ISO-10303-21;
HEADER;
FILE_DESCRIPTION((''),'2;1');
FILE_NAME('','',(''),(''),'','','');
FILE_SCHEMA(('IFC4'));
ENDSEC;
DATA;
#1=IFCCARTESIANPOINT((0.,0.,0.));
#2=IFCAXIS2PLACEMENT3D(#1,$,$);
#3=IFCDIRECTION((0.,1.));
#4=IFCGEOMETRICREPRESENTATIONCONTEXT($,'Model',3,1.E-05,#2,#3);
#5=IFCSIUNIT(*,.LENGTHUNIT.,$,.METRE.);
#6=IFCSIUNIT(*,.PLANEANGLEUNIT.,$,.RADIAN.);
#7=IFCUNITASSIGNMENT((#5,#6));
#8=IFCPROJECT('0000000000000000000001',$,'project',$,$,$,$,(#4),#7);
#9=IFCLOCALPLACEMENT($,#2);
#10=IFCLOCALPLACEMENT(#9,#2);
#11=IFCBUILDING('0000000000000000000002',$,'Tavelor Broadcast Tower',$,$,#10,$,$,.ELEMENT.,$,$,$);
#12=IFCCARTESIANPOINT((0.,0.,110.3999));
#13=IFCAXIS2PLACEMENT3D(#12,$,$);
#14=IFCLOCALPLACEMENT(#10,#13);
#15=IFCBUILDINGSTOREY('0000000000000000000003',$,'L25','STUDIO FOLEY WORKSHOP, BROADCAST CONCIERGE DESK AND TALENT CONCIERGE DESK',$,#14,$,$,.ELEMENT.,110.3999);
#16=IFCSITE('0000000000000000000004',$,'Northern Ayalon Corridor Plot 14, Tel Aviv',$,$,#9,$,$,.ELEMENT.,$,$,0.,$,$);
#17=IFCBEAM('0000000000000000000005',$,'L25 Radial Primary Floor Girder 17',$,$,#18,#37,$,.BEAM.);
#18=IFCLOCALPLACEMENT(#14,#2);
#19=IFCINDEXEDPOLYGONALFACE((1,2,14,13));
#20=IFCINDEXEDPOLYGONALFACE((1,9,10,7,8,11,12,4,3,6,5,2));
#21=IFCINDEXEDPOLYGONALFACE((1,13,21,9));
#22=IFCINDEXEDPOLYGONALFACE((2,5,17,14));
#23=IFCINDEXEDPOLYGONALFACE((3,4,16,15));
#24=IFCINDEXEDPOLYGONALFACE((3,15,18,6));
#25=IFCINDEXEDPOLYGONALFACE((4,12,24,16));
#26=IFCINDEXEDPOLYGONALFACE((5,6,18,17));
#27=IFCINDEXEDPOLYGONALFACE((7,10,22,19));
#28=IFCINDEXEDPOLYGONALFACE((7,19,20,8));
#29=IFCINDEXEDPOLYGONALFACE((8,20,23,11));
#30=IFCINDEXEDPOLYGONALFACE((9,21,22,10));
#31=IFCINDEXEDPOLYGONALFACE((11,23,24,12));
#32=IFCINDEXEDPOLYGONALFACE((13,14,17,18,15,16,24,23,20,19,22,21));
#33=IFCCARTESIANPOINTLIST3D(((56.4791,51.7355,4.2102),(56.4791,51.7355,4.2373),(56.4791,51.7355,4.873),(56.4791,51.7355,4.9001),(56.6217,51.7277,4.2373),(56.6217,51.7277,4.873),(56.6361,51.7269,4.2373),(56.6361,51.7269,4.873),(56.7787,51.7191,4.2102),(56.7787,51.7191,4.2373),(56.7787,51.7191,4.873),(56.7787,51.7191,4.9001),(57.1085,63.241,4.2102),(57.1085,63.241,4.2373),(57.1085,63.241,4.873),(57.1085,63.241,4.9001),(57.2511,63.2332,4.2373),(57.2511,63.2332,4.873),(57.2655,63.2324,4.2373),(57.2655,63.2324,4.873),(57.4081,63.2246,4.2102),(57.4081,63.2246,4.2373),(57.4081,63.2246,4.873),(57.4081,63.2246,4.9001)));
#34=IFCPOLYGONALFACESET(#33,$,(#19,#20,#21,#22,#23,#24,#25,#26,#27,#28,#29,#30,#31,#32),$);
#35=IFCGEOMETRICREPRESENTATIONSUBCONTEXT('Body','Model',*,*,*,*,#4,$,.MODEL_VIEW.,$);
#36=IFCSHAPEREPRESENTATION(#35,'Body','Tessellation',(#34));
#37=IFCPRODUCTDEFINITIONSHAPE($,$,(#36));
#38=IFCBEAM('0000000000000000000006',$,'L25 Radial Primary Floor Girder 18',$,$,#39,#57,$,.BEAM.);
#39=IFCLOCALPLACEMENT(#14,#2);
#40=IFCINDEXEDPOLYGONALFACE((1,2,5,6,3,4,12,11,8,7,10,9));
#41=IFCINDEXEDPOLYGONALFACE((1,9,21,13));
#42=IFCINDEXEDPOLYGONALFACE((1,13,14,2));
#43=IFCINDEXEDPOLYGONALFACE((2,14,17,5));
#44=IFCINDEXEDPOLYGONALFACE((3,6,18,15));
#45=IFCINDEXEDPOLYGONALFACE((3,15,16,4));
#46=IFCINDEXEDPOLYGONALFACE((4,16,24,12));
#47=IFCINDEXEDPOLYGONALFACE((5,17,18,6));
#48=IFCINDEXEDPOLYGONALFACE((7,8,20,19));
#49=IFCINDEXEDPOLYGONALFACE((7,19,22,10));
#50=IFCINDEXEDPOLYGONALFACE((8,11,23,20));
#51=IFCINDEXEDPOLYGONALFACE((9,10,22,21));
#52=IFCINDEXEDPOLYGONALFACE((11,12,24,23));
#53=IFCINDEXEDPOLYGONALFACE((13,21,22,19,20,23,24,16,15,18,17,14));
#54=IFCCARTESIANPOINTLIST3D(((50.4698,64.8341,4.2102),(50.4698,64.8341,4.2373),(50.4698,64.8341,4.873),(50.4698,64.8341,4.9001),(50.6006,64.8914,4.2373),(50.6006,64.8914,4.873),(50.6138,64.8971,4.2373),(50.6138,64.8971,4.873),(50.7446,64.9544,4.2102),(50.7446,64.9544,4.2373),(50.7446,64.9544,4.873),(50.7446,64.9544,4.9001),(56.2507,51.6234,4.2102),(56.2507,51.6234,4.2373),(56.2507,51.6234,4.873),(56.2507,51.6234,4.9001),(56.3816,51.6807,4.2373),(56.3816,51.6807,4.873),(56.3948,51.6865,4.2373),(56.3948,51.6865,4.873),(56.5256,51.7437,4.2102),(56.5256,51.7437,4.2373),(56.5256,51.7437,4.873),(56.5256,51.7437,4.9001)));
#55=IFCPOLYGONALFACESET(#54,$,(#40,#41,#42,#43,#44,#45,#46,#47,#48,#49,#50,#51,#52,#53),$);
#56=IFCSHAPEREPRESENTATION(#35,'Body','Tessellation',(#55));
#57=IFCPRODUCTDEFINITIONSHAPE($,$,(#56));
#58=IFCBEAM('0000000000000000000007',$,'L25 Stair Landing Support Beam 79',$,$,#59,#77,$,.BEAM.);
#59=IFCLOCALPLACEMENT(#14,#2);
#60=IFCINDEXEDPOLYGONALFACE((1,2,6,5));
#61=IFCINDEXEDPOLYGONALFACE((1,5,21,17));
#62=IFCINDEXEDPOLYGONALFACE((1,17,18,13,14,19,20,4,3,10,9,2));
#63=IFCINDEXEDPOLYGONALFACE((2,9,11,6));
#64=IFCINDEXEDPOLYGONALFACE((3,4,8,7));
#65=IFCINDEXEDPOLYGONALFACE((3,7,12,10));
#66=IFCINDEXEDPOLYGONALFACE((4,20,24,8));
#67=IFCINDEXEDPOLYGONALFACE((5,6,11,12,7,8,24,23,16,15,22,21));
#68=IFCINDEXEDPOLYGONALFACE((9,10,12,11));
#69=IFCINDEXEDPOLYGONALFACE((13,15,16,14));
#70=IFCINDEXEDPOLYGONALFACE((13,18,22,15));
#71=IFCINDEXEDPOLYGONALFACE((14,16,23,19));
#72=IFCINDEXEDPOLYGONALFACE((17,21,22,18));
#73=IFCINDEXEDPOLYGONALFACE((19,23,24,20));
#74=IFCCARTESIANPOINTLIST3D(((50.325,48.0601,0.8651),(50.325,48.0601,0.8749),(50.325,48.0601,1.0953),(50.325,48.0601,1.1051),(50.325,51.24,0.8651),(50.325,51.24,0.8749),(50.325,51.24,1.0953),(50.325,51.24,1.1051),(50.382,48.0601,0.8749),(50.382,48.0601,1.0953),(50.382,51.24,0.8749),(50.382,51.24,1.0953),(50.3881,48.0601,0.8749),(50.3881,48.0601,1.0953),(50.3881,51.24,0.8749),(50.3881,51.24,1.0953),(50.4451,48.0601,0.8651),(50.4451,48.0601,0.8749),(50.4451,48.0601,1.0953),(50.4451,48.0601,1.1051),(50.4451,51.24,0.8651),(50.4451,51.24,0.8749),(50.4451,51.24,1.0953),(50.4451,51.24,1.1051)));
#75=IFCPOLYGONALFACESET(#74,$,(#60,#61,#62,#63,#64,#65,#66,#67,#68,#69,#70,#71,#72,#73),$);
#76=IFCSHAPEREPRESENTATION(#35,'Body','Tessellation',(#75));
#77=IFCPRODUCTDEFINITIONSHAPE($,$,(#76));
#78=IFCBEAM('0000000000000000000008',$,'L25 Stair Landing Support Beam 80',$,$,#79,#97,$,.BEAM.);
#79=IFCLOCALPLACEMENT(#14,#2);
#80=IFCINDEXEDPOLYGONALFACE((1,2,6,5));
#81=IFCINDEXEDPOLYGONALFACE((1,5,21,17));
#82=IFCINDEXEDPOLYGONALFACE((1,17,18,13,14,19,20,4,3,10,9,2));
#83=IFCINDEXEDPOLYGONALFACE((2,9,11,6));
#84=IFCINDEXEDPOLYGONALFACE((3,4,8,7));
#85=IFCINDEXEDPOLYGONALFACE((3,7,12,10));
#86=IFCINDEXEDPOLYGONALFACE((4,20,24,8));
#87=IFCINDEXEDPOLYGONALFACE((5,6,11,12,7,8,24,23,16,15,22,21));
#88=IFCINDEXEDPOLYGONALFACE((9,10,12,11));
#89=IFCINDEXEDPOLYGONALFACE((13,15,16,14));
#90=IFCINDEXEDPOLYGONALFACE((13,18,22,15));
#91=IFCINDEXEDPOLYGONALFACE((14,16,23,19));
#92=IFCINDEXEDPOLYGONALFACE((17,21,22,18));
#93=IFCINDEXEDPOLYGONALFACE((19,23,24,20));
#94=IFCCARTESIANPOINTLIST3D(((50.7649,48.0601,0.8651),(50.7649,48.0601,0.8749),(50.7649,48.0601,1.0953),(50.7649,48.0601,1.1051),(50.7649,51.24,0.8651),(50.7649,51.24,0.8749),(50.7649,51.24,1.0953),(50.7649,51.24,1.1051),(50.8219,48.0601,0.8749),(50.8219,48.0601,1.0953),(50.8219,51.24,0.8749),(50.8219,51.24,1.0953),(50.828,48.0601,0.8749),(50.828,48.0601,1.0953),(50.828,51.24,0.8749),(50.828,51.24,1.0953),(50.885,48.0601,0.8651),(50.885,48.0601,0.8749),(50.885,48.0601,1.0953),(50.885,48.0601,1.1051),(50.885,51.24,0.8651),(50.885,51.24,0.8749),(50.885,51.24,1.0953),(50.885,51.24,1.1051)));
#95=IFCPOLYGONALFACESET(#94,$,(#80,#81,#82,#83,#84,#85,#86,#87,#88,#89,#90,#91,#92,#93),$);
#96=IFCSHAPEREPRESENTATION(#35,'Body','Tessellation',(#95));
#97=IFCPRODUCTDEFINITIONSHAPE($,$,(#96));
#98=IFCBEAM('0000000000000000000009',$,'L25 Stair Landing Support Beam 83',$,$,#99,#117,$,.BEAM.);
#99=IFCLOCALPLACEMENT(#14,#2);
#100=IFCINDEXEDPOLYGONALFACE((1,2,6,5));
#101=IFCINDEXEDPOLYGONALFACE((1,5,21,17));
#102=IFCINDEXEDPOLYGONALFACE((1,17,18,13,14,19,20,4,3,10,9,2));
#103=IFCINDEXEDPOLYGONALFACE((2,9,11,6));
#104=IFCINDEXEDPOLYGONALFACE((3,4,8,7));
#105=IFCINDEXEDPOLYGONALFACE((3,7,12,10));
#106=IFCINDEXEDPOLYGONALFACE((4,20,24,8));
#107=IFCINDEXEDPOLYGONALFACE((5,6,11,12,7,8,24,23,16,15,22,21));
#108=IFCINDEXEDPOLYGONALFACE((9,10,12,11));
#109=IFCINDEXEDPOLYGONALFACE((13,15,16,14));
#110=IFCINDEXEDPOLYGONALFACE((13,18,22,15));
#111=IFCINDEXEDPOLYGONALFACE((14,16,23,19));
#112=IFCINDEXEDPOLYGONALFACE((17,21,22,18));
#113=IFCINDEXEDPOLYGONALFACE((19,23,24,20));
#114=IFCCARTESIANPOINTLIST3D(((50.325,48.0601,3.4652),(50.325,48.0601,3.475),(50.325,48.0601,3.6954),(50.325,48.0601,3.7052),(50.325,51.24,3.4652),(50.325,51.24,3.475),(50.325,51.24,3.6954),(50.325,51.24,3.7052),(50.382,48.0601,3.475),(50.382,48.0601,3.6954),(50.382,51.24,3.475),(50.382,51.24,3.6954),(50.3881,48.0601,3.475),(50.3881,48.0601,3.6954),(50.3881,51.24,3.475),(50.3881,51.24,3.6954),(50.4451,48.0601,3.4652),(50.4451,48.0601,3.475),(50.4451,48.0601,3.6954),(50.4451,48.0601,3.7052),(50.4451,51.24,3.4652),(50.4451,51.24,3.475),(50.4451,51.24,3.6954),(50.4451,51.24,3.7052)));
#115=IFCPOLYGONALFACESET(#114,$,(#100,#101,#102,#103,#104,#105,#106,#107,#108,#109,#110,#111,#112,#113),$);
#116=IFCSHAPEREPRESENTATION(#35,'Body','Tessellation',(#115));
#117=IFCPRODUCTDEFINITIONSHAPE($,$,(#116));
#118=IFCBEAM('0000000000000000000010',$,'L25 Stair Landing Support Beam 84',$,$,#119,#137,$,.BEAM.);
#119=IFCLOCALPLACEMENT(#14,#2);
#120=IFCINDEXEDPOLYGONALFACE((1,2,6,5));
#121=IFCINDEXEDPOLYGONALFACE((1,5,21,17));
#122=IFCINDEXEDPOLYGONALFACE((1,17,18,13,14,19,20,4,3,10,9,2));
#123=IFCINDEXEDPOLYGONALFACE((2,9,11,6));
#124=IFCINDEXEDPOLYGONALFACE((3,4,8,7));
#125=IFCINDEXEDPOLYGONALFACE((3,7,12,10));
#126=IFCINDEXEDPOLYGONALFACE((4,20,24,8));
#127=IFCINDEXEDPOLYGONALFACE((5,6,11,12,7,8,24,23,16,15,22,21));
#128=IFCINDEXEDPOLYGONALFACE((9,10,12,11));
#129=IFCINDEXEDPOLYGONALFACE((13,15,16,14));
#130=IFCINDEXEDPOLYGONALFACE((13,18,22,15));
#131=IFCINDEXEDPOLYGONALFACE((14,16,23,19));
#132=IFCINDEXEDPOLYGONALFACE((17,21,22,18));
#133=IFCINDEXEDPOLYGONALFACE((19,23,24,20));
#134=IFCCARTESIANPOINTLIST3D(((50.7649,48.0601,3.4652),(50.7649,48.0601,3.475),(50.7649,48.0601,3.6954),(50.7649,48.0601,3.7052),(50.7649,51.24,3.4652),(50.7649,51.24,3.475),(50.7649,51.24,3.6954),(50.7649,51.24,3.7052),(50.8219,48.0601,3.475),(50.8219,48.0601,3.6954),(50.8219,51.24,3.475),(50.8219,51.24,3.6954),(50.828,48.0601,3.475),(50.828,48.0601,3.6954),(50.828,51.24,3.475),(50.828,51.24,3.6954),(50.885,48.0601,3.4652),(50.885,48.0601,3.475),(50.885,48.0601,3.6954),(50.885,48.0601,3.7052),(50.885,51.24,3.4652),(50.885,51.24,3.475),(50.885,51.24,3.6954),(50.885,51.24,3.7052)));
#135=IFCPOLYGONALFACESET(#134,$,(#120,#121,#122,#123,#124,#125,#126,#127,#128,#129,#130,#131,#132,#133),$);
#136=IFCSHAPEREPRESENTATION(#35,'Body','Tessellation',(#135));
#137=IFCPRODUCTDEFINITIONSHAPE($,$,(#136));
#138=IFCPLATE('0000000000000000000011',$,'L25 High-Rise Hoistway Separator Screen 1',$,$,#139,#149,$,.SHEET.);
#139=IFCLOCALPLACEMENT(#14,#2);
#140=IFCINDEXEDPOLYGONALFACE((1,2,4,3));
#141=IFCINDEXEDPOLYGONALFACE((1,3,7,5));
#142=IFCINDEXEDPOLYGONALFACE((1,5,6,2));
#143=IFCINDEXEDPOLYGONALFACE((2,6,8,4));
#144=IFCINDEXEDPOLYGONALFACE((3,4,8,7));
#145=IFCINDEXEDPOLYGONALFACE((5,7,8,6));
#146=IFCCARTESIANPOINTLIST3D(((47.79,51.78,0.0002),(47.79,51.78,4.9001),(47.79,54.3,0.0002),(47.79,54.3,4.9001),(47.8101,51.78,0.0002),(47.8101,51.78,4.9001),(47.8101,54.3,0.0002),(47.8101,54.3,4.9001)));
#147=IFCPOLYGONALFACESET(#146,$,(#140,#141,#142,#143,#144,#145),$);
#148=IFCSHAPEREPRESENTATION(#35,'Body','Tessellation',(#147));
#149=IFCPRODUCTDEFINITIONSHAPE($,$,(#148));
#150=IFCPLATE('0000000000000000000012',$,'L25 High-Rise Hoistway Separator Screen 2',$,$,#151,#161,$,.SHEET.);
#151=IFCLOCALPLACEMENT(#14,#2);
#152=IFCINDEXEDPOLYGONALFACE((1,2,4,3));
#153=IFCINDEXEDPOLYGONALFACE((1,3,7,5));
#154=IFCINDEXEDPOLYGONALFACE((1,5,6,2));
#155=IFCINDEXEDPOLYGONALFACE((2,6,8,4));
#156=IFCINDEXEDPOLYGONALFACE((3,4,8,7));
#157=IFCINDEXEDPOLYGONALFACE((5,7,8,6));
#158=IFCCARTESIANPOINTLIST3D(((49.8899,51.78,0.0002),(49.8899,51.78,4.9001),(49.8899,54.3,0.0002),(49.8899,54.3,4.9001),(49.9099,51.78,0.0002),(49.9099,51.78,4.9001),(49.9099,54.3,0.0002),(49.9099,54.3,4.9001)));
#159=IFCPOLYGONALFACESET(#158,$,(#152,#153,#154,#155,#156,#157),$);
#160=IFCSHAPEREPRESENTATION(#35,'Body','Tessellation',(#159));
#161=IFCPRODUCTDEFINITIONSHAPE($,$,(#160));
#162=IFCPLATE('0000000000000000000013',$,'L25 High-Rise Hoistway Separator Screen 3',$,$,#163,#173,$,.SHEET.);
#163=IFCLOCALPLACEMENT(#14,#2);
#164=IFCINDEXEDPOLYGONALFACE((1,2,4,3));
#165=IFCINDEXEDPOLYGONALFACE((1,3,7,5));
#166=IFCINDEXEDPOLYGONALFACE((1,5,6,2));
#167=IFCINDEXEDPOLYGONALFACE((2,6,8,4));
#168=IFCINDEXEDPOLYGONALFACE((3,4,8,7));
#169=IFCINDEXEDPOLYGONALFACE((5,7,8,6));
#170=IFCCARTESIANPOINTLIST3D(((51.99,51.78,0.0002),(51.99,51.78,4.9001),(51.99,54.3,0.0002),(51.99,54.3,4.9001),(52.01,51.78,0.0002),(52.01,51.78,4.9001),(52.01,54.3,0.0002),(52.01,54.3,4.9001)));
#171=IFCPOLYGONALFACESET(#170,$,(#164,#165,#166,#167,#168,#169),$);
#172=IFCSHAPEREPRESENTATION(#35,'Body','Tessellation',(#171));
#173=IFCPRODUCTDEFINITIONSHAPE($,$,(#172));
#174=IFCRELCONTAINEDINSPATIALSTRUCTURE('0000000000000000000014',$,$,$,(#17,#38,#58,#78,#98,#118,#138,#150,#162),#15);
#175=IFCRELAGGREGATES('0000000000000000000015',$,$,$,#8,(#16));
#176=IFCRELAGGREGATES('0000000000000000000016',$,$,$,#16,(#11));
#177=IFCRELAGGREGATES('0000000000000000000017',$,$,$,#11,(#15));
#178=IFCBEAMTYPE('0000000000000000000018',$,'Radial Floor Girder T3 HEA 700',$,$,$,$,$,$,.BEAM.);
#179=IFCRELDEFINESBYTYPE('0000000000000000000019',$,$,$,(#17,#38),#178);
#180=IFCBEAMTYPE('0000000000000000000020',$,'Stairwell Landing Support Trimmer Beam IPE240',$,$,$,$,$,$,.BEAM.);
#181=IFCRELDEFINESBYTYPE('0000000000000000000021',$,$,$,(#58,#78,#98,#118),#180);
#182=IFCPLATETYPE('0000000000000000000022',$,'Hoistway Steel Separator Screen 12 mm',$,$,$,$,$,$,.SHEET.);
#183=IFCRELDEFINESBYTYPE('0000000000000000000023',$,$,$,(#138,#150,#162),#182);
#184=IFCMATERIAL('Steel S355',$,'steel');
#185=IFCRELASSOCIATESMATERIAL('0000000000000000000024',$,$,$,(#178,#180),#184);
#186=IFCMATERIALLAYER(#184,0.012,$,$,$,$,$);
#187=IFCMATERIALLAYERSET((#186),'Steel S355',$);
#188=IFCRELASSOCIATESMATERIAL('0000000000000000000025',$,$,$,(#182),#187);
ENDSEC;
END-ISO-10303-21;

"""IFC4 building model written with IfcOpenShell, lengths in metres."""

from ifc_helpers import new_model, si_unit, direction, frame, origin, origin_2d, place, context, subcontext, project, spatial, rectangle, i_section, extrude, source, transform, mapped, material, layer, layer_set, material_profile, profile_set, type_object, type_shapes, element, save


model = new_model("IFC4")

# Units and contexts
model_context = context("Model", 3, precision=1e-05, world=origin(), true_north=direction((0.0, 1.0)))
body_context = subcontext(model_context, "Body", "Model", "MODEL_VIEW")
ifc_project = project(units=[si_unit("LENGTHUNIT", "METRE"), si_unit("PLANEANGLEUNIT", "RADIAN")], contexts=[model_context])

# Site, building, storey
site_placement = place(None, origin())
site = spatial("IfcSite", under=ifc_project, at=site_placement, Name="Northern Ayalon Corridor Plot 14, Tel Aviv", CompositionType="ELEMENT", RefElevation=0.0)
building_placement = place(site_placement, origin())
building = spatial("IfcBuilding", under=site, at=building_placement, Name="Tavelor Broadcast Tower", CompositionType="ELEMENT")
storey_placement = place(building_placement, frame((0.0, 0.0, 110.3999)))
storey = spatial("IfcBuildingStorey", under=building, at=storey_placement, Name="L25", Description="STUDIO FOLEY WORKSHOP, BROADCAST CONCIERGE DESK AND TALENT CONCIERGE DESK", CompositionType="ELEMENT", Elevation=110.3999)

# Beams
ifc_material_1 = material(Name="Steel S355", Category="steel")
ifc_material_profile_1 = material_profile(ifc_material_1, i_section(OverallWidth=0.3, OverallDepth=0.6899, WebThickness=0.0144, FlangeThickness=0.0271, at=origin_2d()), Name="HEA 700")
ifc_profile_set_1 = profile_set([ifc_material_profile_1], Name="Steel S355")
beam_type_1 = type_object("IfcBeamType", Name="Radial Floor Girder T3 HEA 700", PredefinedType="BEAM", material=ifc_profile_set_1)
beam_1_placement = place(storey_placement, frame((56.6289, 51.7273, 4.5552), z_axis=(0.054622, 0.998507, 0.0), x_axis=(-0.998507, 0.054622, 0.0)))
element("IfcBeam", 1, at=beam_1_placement, inside=storey, type_object=beam_type_1, Name="L25 Radial Primary Floor Girder 17", PredefinedType="BEAM", context=body_context, shape_type="SweptSolid", body=[
    extrude(i_section(OverallWidth=0.3, OverallDepth=0.6899, WebThickness=0.0144, FlangeThickness=0.0271, at=origin_2d()), origin(), (0.0, 0.0, 1.0), 11.5227),
])
beam_2_placement = place(storey_placement, frame((56.3882, 51.6836, 4.5552), z_axis=(-0.400896, 0.916124, 0.0), x_axis=(-0.916124, -0.400896, 0.0)))
element("IfcBeam", 2, at=beam_2_placement, inside=storey, type_object=beam_type_1, Name="L25 Radial Primary Floor Girder 18", PredefinedType="BEAM", context=body_context, shape_type="SweptSolid", body=[
    extrude(i_section(OverallWidth=0.3, OverallDepth=0.6899, WebThickness=0.0144, FlangeThickness=0.0271, at=origin_2d()), origin(), (0.0, 0.0, 1.0), 14.4202),
])
ifc_material_profile_2 = material_profile(ifc_material_1, i_section(OverallWidth=0.1201, OverallDepth=0.24, WebThickness=0.0061, FlangeThickness=0.0098, at=origin_2d()), Name="IPE 240")
ifc_profile_set_2 = profile_set([ifc_material_profile_2], Name="Steel S355")
beam_type_2 = type_object("IfcBeamType", Name="Stairwell Landing Support Trimmer Beam IPE240", PredefinedType="BEAM", material=ifc_profile_set_2)
for number, where, z_axis, x_axis, name in (
    (3, (50.385, 48.0601, 0.9851), (0.0, 1.0, 0.0), (-1.0, 0.0, 0.0), "L25 Stair Landing Support Beam 79"),
    (4, (50.825, 48.0601, 0.9851), (0.0, 1.0, 0.0), (-1.0, 0.0, 0.0), "L25 Stair Landing Support Beam 80"),
    (5, (50.385, 48.0601, 3.5852), (0.0, 1.0, 0.0), (-1.0, 0.0, 0.0), "L25 Stair Landing Support Beam 83"),
    (6, (50.825, 48.0601, 3.5852), (0.0, 1.0, 0.0), (-1.0, 0.0, 0.0), "L25 Stair Landing Support Beam 84"),
):
    element("IfcBeam", number, at=place(storey_placement, frame(where, z_axis=z_axis, x_axis=x_axis)), inside=storey, type_object=beam_type_2, Name=name, PredefinedType="BEAM", context=body_context, shape_type="SweptSolid", body=[
        extrude(i_section(OverallWidth=0.1201, OverallDepth=0.24, WebThickness=0.0061, FlangeThickness=0.0098, at=origin_2d()), origin(), (0.0, 0.0, 1.0), 3.1799),
    ])

# Plates
ifc_layer_1 = layer(ifc_material_1, 0.012)
ifc_layer_set_1 = layer_set([ifc_layer_1], Name="Steel S355")
plate_type = type_object("IfcPlateType", Name="Hoistway Steel Separator Screen 12 mm", PredefinedType="SHEET", material=ifc_layer_set_1)
shared_shape = source(origin(), body_context, "Body", "SweptSolid", [
    extrude(rectangle(XDim=0.02, YDim=2.52, at=origin_2d()), origin(), (0.0, 0.0, 1.0), 4.8999),
])
type_shapes(plate_type, [shared_shape])
for number, where, z_axis, x_axis, name in (
    (7, (47.8, 53.04, 0.0002), (0.0, 0.0, 1.0), (1.0, 0.0, 0.0), "L25 High-Rise Hoistway Separator Screen 1"),
    (8, (49.8999, 53.04, 0.0002), (0.0, 0.0, 1.0), (1.0, 0.0, 0.0), "L25 High-Rise Hoistway Separator Screen 2"),
    (9, (52.0, 53.04, 0.0002), (0.0, 0.0, 1.0), (1.0, 0.0, 0.0), "L25 High-Rise Hoistway Separator Screen 3"),
):
    element("IfcPlate", number, at=place(storey_placement, frame(where, z_axis=z_axis, x_axis=x_axis)), inside=storey, type_object=plate_type, Name=name, PredefinedType="SHEET", context=body_context, shape_type="MappedRepresentation", body=[
        mapped(shared_shape, transform((0.0, 0.0, 0.0), scale=1.0)),
    ])

save(model, "model.ifc")
